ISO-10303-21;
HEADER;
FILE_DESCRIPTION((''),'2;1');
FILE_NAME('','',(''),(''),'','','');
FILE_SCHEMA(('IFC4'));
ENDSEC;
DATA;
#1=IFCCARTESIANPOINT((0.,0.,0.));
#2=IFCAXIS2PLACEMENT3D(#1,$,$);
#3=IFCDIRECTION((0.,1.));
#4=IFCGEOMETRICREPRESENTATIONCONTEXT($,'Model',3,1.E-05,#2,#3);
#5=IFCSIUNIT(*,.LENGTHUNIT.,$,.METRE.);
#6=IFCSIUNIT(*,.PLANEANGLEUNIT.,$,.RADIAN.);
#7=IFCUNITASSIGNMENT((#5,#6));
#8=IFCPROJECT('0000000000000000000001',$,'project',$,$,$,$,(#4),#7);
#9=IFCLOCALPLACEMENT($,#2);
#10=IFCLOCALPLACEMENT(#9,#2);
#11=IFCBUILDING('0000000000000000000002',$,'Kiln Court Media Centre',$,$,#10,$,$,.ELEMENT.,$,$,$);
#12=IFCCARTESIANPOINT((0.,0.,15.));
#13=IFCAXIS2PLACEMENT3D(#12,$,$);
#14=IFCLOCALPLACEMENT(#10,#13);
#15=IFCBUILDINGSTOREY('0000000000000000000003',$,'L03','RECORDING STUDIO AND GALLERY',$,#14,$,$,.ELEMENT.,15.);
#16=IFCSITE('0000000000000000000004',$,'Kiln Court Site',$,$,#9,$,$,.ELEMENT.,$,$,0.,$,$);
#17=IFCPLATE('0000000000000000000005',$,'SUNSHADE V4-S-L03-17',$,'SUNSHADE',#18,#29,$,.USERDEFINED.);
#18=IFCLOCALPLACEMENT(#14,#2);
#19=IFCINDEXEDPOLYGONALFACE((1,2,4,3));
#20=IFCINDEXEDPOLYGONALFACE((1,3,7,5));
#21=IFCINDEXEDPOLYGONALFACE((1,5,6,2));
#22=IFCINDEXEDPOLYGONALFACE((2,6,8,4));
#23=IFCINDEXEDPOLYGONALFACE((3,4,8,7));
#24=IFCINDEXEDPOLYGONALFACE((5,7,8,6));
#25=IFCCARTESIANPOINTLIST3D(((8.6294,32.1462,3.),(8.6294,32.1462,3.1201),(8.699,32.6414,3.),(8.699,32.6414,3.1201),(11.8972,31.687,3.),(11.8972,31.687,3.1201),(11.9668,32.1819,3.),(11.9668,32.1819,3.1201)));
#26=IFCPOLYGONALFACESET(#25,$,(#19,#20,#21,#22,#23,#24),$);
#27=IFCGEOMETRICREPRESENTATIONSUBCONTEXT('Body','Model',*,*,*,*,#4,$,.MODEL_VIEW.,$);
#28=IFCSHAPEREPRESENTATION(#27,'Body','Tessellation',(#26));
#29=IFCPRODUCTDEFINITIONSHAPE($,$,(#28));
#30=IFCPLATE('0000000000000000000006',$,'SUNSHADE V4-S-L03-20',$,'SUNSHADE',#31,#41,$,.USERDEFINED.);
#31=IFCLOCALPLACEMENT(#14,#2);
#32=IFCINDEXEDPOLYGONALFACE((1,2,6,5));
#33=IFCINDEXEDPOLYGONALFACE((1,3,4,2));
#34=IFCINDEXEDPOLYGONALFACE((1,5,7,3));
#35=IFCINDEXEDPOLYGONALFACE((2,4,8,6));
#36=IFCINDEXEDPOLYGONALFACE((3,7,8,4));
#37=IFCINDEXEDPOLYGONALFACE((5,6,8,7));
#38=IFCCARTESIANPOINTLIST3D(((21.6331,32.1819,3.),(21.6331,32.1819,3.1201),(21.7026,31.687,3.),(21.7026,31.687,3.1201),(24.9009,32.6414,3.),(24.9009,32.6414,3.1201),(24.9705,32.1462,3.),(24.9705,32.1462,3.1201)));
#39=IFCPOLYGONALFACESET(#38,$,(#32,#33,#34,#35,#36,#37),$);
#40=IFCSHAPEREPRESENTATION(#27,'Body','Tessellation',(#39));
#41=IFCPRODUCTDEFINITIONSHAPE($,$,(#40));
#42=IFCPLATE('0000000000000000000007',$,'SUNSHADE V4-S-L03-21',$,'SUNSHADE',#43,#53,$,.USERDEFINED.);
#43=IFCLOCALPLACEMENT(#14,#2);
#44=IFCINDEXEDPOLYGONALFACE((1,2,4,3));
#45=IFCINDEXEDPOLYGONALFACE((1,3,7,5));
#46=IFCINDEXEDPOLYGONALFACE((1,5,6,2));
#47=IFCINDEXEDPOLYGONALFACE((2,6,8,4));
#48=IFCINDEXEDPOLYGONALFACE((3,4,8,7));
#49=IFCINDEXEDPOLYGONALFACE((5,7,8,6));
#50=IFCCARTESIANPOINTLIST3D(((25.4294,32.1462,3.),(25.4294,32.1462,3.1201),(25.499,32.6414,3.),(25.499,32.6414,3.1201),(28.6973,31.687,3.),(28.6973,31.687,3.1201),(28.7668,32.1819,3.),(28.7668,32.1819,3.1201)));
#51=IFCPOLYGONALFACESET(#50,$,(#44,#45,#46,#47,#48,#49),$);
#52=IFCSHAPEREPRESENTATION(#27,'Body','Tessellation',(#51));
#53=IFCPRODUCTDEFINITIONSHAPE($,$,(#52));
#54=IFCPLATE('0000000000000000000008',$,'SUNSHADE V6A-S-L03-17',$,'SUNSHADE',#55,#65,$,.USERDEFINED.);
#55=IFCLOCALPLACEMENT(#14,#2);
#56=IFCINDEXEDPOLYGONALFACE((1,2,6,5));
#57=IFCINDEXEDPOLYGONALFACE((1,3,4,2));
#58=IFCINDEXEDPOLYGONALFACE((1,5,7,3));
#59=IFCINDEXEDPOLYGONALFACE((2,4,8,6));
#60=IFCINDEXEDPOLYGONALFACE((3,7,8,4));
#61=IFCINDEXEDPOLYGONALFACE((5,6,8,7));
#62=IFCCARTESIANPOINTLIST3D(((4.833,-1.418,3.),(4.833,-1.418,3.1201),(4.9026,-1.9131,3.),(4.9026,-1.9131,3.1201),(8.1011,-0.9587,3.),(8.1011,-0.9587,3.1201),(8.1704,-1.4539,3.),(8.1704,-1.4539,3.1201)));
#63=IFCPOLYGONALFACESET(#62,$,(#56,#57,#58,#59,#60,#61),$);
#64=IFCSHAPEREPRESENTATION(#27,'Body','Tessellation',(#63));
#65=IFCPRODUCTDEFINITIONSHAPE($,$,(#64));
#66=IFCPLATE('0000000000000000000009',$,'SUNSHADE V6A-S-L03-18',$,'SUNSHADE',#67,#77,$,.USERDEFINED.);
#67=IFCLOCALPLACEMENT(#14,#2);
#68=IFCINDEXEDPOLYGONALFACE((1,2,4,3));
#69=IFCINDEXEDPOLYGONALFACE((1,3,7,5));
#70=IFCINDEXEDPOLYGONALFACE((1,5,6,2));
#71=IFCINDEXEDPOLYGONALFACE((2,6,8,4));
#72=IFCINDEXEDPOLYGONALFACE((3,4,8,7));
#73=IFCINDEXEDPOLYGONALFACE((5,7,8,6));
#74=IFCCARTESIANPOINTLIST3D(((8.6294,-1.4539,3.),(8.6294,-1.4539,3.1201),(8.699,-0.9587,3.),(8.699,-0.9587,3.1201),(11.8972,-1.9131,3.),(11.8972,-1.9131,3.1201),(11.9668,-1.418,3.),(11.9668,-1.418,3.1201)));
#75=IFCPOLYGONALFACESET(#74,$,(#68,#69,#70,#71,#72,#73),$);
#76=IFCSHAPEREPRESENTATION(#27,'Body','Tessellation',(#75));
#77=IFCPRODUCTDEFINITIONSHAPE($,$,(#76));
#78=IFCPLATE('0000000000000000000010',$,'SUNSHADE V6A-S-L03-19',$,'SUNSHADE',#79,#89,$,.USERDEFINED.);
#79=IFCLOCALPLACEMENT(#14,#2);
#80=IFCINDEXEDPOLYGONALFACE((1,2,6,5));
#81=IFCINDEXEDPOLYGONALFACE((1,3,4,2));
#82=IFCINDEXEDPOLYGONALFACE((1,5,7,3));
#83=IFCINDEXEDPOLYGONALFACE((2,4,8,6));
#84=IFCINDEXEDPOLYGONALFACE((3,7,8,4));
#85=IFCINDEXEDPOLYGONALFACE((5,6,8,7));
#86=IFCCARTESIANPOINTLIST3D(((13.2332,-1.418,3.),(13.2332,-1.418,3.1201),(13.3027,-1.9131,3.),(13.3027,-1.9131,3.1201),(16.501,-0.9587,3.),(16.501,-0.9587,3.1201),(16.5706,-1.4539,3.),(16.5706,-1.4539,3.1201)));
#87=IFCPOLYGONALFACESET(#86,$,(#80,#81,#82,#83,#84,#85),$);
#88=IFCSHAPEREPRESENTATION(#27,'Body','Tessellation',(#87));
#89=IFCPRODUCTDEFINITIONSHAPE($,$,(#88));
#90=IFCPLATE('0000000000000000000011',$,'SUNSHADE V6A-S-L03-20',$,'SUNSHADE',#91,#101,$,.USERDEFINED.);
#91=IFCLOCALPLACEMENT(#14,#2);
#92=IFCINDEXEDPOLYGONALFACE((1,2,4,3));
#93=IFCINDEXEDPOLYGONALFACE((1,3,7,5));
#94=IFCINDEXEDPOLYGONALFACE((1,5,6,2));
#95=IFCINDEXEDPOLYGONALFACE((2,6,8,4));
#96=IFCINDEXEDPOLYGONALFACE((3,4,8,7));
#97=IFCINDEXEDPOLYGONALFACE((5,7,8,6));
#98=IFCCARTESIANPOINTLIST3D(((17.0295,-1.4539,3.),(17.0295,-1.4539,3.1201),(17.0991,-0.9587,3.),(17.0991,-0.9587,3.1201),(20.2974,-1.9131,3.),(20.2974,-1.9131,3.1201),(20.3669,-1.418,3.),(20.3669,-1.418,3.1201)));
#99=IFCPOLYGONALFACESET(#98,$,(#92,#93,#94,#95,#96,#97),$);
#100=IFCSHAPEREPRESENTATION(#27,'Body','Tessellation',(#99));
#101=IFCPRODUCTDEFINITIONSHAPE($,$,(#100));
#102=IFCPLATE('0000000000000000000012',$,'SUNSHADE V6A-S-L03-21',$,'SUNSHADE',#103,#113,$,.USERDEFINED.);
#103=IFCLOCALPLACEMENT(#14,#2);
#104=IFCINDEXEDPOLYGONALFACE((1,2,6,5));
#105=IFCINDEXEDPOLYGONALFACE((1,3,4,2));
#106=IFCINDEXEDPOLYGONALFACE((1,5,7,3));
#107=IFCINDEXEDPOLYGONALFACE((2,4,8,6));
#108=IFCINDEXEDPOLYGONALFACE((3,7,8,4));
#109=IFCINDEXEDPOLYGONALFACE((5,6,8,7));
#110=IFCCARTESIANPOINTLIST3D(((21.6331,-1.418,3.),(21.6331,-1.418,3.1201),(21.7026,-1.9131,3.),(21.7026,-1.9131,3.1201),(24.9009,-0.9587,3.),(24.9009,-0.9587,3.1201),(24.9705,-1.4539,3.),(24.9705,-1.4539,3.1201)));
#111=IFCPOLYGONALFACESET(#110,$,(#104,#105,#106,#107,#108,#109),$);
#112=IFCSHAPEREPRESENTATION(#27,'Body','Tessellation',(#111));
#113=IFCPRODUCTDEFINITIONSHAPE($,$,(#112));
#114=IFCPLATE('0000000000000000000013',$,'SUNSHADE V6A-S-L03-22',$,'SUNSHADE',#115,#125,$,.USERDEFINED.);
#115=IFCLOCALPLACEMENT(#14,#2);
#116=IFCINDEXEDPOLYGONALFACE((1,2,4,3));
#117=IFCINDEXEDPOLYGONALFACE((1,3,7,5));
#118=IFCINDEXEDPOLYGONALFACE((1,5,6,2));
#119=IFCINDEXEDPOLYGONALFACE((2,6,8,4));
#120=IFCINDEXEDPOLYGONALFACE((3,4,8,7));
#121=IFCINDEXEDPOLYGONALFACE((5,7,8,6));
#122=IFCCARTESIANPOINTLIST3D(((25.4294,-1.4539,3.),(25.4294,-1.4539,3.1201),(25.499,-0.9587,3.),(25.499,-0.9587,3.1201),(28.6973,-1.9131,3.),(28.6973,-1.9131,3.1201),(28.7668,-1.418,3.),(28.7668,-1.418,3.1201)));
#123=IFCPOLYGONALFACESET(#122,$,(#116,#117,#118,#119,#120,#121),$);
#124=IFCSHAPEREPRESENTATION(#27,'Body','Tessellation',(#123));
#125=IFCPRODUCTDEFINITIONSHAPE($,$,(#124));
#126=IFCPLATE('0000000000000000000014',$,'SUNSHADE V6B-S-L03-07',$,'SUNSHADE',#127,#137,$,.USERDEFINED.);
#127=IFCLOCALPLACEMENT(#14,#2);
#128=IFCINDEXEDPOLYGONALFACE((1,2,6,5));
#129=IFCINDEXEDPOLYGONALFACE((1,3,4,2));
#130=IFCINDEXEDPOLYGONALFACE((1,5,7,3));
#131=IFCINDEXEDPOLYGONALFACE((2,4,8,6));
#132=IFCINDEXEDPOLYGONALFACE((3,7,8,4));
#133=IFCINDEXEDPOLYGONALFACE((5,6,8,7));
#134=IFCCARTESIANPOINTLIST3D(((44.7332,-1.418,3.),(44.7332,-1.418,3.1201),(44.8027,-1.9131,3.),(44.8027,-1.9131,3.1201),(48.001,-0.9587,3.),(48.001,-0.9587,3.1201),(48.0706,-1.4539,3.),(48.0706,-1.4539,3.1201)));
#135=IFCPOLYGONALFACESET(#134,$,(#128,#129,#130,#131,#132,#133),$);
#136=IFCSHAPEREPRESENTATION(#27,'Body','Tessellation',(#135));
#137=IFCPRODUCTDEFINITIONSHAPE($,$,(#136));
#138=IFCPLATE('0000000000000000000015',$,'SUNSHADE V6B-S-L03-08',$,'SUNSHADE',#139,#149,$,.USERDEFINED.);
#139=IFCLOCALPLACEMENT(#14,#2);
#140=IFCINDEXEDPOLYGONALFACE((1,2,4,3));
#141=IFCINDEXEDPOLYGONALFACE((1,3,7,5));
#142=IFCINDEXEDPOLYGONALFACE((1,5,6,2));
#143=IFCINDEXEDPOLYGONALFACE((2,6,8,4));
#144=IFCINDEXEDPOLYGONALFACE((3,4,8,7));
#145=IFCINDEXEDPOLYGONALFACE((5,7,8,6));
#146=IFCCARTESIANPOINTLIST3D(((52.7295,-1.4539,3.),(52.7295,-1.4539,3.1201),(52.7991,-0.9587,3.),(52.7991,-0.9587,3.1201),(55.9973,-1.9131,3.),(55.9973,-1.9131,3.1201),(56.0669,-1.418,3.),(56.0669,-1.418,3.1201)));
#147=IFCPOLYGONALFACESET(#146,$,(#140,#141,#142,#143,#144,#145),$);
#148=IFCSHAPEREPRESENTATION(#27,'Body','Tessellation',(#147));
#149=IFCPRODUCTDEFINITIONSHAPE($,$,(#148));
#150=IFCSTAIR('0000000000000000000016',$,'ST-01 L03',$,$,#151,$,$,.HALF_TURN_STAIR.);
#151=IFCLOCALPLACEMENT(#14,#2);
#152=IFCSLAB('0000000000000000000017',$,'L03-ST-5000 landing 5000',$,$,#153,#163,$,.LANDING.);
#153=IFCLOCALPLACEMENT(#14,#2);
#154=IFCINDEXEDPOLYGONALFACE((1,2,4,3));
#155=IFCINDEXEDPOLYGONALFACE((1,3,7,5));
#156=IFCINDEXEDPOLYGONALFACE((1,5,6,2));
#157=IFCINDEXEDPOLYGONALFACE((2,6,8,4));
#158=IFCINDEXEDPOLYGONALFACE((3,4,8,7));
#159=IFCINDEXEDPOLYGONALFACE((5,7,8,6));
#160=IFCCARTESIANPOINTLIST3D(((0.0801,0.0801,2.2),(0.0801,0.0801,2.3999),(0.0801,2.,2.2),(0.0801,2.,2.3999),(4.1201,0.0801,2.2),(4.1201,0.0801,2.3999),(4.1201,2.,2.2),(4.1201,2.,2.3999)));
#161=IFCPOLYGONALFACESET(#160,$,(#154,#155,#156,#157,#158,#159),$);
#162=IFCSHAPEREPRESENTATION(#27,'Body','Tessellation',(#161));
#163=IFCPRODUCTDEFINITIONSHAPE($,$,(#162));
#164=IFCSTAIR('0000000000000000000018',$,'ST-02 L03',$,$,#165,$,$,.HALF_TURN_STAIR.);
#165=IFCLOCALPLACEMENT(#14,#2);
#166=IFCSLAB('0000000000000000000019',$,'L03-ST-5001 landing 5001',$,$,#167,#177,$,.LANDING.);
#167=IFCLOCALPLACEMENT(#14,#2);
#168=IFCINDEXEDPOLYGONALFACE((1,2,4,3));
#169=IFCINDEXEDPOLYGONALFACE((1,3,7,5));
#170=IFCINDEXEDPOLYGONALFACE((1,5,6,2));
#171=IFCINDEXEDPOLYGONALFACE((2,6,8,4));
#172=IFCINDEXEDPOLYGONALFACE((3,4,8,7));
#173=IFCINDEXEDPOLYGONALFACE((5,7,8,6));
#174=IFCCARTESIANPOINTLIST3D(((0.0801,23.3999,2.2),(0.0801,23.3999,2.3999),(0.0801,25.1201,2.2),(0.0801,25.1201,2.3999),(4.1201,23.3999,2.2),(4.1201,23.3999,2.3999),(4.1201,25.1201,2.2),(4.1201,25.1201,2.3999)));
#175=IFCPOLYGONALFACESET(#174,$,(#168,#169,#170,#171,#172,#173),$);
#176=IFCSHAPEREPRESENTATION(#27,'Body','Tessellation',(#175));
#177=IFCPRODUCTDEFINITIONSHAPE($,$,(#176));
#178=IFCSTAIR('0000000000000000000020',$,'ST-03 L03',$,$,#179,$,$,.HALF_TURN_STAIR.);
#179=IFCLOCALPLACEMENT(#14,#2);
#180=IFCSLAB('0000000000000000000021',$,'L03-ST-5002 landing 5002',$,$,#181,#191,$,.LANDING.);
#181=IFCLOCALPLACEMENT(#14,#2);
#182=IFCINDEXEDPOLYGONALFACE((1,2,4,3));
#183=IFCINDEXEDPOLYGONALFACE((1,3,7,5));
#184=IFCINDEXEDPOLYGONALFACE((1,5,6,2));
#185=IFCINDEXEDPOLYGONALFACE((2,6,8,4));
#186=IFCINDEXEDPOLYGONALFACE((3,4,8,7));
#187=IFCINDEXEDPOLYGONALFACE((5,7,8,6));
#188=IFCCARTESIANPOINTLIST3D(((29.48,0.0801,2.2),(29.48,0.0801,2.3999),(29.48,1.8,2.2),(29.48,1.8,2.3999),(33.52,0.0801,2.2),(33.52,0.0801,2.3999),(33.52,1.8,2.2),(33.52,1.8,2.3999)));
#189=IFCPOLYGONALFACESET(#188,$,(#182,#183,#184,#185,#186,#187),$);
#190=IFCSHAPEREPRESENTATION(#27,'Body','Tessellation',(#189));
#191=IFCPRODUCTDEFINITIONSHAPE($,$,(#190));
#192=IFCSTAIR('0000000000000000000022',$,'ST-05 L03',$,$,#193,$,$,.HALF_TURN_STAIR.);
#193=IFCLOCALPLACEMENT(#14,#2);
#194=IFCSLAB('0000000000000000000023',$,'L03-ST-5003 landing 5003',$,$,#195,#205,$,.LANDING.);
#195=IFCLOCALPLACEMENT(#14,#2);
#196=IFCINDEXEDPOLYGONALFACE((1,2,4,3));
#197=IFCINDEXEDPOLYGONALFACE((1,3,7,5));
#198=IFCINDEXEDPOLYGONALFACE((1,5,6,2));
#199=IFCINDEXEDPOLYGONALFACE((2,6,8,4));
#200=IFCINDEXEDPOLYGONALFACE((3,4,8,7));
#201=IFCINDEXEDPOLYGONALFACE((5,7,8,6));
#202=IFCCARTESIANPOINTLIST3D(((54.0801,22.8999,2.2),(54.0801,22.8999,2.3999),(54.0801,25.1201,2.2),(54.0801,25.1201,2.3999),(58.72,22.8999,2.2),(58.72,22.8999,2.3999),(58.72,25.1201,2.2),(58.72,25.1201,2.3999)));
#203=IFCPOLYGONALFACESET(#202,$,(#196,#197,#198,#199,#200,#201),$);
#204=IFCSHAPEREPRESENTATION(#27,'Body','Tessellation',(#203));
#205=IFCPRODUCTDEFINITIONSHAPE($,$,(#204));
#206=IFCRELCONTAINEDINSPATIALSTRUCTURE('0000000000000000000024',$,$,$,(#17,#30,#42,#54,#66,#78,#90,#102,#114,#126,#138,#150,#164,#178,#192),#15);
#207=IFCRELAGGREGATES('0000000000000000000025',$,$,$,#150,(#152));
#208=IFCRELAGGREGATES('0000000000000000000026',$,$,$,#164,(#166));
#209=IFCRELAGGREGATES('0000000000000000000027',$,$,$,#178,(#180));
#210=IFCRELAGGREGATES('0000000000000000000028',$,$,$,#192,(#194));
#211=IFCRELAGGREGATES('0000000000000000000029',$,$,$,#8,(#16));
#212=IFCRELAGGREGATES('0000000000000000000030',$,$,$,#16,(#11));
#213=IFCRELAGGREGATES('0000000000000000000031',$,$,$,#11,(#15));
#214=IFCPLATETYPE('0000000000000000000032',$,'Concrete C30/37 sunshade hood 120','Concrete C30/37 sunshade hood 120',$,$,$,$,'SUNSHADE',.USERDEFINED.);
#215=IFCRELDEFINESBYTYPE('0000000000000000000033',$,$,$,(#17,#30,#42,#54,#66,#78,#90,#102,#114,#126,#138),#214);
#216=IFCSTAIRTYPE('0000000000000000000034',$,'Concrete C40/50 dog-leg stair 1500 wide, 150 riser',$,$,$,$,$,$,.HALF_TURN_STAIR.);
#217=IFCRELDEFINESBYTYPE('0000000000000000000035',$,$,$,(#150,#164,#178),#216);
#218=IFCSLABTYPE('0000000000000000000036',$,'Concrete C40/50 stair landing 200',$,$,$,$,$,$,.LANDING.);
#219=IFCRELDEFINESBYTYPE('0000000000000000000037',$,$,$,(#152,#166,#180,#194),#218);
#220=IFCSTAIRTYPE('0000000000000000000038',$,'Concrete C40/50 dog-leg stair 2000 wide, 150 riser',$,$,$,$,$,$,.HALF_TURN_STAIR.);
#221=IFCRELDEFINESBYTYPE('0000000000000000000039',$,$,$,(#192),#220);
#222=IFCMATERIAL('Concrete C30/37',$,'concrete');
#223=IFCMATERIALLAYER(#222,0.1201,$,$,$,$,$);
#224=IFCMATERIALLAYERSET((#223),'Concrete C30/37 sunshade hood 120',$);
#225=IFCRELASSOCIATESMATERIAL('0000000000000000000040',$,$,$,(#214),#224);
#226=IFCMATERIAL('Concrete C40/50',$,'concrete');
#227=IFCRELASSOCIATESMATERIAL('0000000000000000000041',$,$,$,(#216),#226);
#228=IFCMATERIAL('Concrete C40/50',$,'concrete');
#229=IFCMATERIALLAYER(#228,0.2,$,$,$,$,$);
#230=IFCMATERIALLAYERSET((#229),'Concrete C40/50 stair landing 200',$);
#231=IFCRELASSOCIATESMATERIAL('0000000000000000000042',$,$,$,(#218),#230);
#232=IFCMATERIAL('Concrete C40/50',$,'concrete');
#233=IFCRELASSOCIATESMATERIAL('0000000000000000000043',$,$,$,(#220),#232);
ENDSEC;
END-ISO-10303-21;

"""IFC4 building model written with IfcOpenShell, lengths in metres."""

from ifc_helpers import new_model, si_unit, direction, frame, origin, place, context, subcontext, project, spatial, polyline, outline, extrude, material, layer, layer_set, type_object, element, aggregate, save


model = new_model("IFC4")

# Units and contexts
model_context = context("Model", 3, precision=1e-05, world=origin(), true_north=direction((0.0, 1.0)))
body_context = subcontext(model_context, "Body", "Model", "MODEL_VIEW")
ifc_project = project(units=[si_unit("LENGTHUNIT", "METRE"), si_unit("PLANEANGLEUNIT", "RADIAN")], contexts=[model_context])

# Site, building, storey
site_placement = place(None, origin())
site = spatial("IfcSite", under=ifc_project, at=site_placement, Name="Kiln Court Site", CompositionType="ELEMENT", RefElevation=0.0)
building_placement = place(site_placement, origin())
building = spatial("IfcBuilding", under=site, at=building_placement, Name="Kiln Court Media Centre", CompositionType="ELEMENT")
storey_placement = place(building_placement, frame((0.0, 0.0, 15.0)))
storey = spatial("IfcBuildingStorey", under=building, at=storey_placement, Name="L03", Description="RECORDING STUDIO AND GALLERY", CompositionType="ELEMENT", Elevation=15.0)

# Plates
ifc_material_1 = material(Name="Concrete C30/37", Category="concrete")
ifc_layer_1 = layer(ifc_material_1, 0.1201)
ifc_layer_set_1 = layer_set([ifc_layer_1], Name="Concrete C30/37 sunshade hood 120")
plate_type = type_object("IfcPlateType", Name="Concrete C30/37 sunshade hood 120", Description="Concrete C30/37 sunshade hood 120", ElementType="SUNSHADE", PredefinedType="USERDEFINED", material=ifc_layer_set_1)
plate_1_placement = place(storey_placement, frame((0.0, 0.0, 3.0)))
element("IfcPlate", 1, at=plate_1_placement, inside=storey, type_object=plate_type, Name="SUNSHADE V4-S-L03-17", ObjectType="SUNSHADE", PredefinedType="USERDEFINED", context=body_context, shape_type="SweptSolid", body=[
    extrude(outline(polyline([(8.699, 32.6414), (11.9668, 32.1819), (11.8972, 31.687), (8.6294, 32.1462), (8.699, 32.6414)])), origin(), (0.0, 0.0, 1.0), 0.1201),
])
plate_2_placement = place(storey_placement, frame((0.0, 0.0, 3.0)))
element("IfcPlate", 2, at=plate_2_placement, inside=storey, type_object=plate_type, Name="SUNSHADE V4-S-L03-20", ObjectType="SUNSHADE", PredefinedType="USERDEFINED", context=body_context, shape_type="SweptSolid", body=[
    extrude(outline(polyline([(21.6331, 32.1819), (24.9009, 32.6414), (24.9705, 32.1462), (21.7026, 31.687), (21.6331, 32.1819)])), origin(), (0.0, 0.0, 1.0), 0.1201),
])
plate_3_placement = place(storey_placement, frame((0.0, 0.0, 3.0)))
element("IfcPlate", 3, at=plate_3_placement, inside=storey, type_object=plate_type, Name="SUNSHADE V4-S-L03-21", ObjectType="SUNSHADE", PredefinedType="USERDEFINED", context=body_context, shape_type="SweptSolid", body=[
    extrude(outline(polyline([(25.499, 32.6414), (28.7668, 32.1819), (28.6973, 31.687), (25.4294, 32.1462), (25.499, 32.6414)])), origin(), (0.0, 0.0, 1.0), 0.1201),
])
plate_4_placement = place(storey_placement, frame((0.0, 0.0, 3.0)))
element("IfcPlate", 4, at=plate_4_placement, inside=storey, type_object=plate_type, Name="SUNSHADE V6A-S-L03-17", ObjectType="SUNSHADE", PredefinedType="USERDEFINED", context=body_context, shape_type="SweptSolid", body=[
    extrude(outline(polyline([(4.833, -1.418), (8.1011, -0.9587), (8.1704, -1.4539), (4.9026, -1.9131), (4.833, -1.418)])), origin(), (0.0, 0.0, 1.0), 0.1201),
])
plate_5_placement = place(storey_placement, frame((0.0, 0.0, 3.0)))
element("IfcPlate", 5, at=plate_5_placement, inside=storey, type_object=plate_type, Name="SUNSHADE V6A-S-L03-18", ObjectType="SUNSHADE", PredefinedType="USERDEFINED", context=body_context, shape_type="SweptSolid", body=[
    extrude(outline(polyline([(8.699, -0.9587), (11.9668, -1.418), (11.8972, -1.9131), (8.6294, -1.4539), (8.699, -0.9587)])), origin(), (0.0, 0.0, 1.0), 0.1201),
])
plate_6_placement = place(storey_placement, frame((0.0, 0.0, 3.0)))
element("IfcPlate", 6, at=plate_6_placement, inside=storey, type_object=plate_type, Name="SUNSHADE V6A-S-L03-19", ObjectType="SUNSHADE", PredefinedType="USERDEFINED", context=body_context, shape_type="SweptSolid", body=[
    extrude(outline(polyline([(13.2332, -1.418), (16.501, -0.9587), (16.5706, -1.4539), (13.3027, -1.9131), (13.2332, -1.418)])), origin(), (0.0, 0.0, 1.0), 0.1201),
])
plate_7_placement = place(storey_placement, frame((0.0, 0.0, 3.0)))
element("IfcPlate", 7, at=plate_7_placement, inside=storey, type_object=plate_type, Name="SUNSHADE V6A-S-L03-20", ObjectType="SUNSHADE", PredefinedType="USERDEFINED", context=body_context, shape_type="SweptSolid", body=[
    extrude(outline(polyline([(17.0991, -0.9587), (20.3669, -1.418), (20.2974, -1.9131), (17.0295, -1.4539), (17.0991, -0.9587)])), origin(), (0.0, 0.0, 1.0), 0.1201),
])
plate_8_placement = place(storey_placement, frame((0.0, 0.0, 3.0)))
element("IfcPlate", 8, at=plate_8_placement, inside=storey, type_object=plate_type, Name="SUNSHADE V6A-S-L03-21", ObjectType="SUNSHADE", PredefinedType="USERDEFINED", context=body_context, shape_type="SweptSolid", body=[
    extrude(outline(polyline([(21.6331, -1.418), (24.9009, -0.9587), (24.9705, -1.4539), (21.7026, -1.9131), (21.6331, -1.418)])), origin(), (0.0, 0.0, 1.0), 0.1201),
])
plate_9_placement = place(storey_placement, frame((0.0, 0.0, 3.0)))
element("IfcPlate", 9, at=plate_9_placement, inside=storey, type_object=plate_type, Name="SUNSHADE V6A-S-L03-22", ObjectType="SUNSHADE", PredefinedType="USERDEFINED", context=body_context, shape_type="SweptSolid", body=[
    extrude(outline(polyline([(25.499, -0.9587), (28.7668, -1.418), (28.6973, -1.9131), (25.4294, -1.4539), (25.499, -0.9587)])), origin(), (0.0, 0.0, 1.0), 0.1201),
])
plate_10_placement = place(storey_placement, frame((0.0, 0.0, 3.0)))
element("IfcPlate", 10, at=plate_10_placement, inside=storey, type_object=plate_type, Name="SUNSHADE V6B-S-L03-07", ObjectType="SUNSHADE", PredefinedType="USERDEFINED", context=body_context, shape_type="SweptSolid", body=[
    extrude(outline(polyline([(44.7332, -1.418), (48.001, -0.9587), (48.0706, -1.4539), (44.8027, -1.9131), (44.7332, -1.418)])), origin(), (0.0, 0.0, 1.0), 0.1201),
])
plate_11_placement = place(storey_placement, frame((0.0, 0.0, 3.0)))
element("IfcPlate", 11, at=plate_11_placement, inside=storey, type_object=plate_type, Name="SUNSHADE V6B-S-L03-08", ObjectType="SUNSHADE", PredefinedType="USERDEFINED", context=body_context, shape_type="SweptSolid", body=[
    extrude(outline(polyline([(52.7991, -0.9587), (56.0669, -1.418), (55.9973, -1.9131), (52.7295, -1.4539), (52.7991, -0.9587)])), origin(), (0.0, 0.0, 1.0), 0.1201),
])

# Stairs, slabs
ifc_material_2 = material(Name="Concrete C40/50", Category="concrete")
stair_type_1 = type_object("IfcStairType", Name="Concrete C40/50 dog-leg stair 1500 wide, 150 riser", PredefinedType="HALF_TURN_STAIR", material=ifc_material_2)
stair_1_placement = place(storey_placement, origin())
stair_1 = element("IfcStair", 12, at=stair_1_placement, inside=storey, type_object=stair_type_1, Name="ST-01 L03", PredefinedType="HALF_TURN_STAIR")
ifc_material_3 = material(Name="Concrete C40/50", Category="concrete")
ifc_layer_2 = layer(ifc_material_3, 0.2)
ifc_layer_set_2 = layer_set([ifc_layer_2], Name="Concrete C40/50 stair landing 200")
slab_type = type_object("IfcSlabType", Name="Concrete C40/50 stair landing 200", PredefinedType="LANDING", material=ifc_layer_set_2)
slab_1_placement = place(storey_placement, frame((0.0, 0.0, 2.2)))
slab_1 = element("IfcSlab", 13, at=slab_1_placement, type_object=slab_type, Name="L03-ST-5000 landing 5000", PredefinedType="LANDING", context=body_context, shape_type="SweptSolid", body=[
    extrude(outline(polyline([(0.0801, 2.0), (0.0801, 0.0801), (4.1201, 0.0801), (4.1201, 2.0), (0.0801, 2.0)])), origin(), (0.0, 0.0, 1.0), 0.2),
])
aggregate(stair_1, [slab_1])
stair_2_placement = place(storey_placement, origin())
stair_2 = element("IfcStair", 14, at=stair_2_placement, inside=storey, type_object=stair_type_1, Name="ST-02 L03", PredefinedType="HALF_TURN_STAIR")
slab_2_placement = place(storey_placement, frame((0.0, 0.0, 2.2)))
slab_2 = element("IfcSlab", 15, at=slab_2_placement, type_object=slab_type, Name="L03-ST-5001 landing 5001", PredefinedType="LANDING", context=body_context, shape_type="SweptSolid", body=[
    extrude(outline(polyline([(4.1201, 23.3999), (4.1201, 25.1201), (0.0801, 25.1201), (0.0801, 23.3999), (4.1201, 23.3999)])), origin(), (0.0, 0.0, 1.0), 0.2),
])
aggregate(stair_2, [slab_2])
stair_3_placement = place(storey_placement, origin())
stair_3 = element("IfcStair", 16, at=stair_3_placement, inside=storey, type_object=stair_type_1, Name="ST-03 L03", PredefinedType="HALF_TURN_STAIR")
slab_3_placement = place(storey_placement, frame((0.0, 0.0, 2.2)))
slab_3 = element("IfcSlab", 17, at=slab_3_placement, type_object=slab_type, Name="L03-ST-5002 landing 5002", PredefinedType="LANDING", context=body_context, shape_type="SweptSolid", body=[
    extrude(outline(polyline([(29.48, 1.8), (29.48, 0.0801), (33.52, 0.0801), (33.52, 1.8), (29.48, 1.8)])), origin(), (0.0, 0.0, 1.0), 0.2),
])
aggregate(stair_3, [slab_3])
ifc_material_4 = material(Name="Concrete C40/50", Category="concrete")
stair_type_2 = type_object("IfcStairType", Name="Concrete C40/50 dog-leg stair 2000 wide, 150 riser", PredefinedType="HALF_TURN_STAIR", material=ifc_material_4)
stair_4_placement = place(storey_placement, origin())
stair_4 = element("IfcStair", 18, at=stair_4_placement, inside=storey, type_object=stair_type_2, Name="ST-05 L03", PredefinedType="HALF_TURN_STAIR")
slab_4_placement = place(storey_placement, frame((0.0, 0.0, 2.2)))
slab_4 = element("IfcSlab", 19, at=slab_4_placement, type_object=slab_type, Name="L03-ST-5003 landing 5003", PredefinedType="LANDING", context=body_context, shape_type="SweptSolid", body=[
    extrude(outline(polyline([(58.72, 22.8999), (58.72, 25.1201), (54.0801, 25.1201), (54.0801, 22.8999), (58.72, 22.8999)])), origin(), (0.0, 0.0, 1.0), 0.2),
])
aggregate(stair_4, [slab_4])

save(model, "model.ifc")
